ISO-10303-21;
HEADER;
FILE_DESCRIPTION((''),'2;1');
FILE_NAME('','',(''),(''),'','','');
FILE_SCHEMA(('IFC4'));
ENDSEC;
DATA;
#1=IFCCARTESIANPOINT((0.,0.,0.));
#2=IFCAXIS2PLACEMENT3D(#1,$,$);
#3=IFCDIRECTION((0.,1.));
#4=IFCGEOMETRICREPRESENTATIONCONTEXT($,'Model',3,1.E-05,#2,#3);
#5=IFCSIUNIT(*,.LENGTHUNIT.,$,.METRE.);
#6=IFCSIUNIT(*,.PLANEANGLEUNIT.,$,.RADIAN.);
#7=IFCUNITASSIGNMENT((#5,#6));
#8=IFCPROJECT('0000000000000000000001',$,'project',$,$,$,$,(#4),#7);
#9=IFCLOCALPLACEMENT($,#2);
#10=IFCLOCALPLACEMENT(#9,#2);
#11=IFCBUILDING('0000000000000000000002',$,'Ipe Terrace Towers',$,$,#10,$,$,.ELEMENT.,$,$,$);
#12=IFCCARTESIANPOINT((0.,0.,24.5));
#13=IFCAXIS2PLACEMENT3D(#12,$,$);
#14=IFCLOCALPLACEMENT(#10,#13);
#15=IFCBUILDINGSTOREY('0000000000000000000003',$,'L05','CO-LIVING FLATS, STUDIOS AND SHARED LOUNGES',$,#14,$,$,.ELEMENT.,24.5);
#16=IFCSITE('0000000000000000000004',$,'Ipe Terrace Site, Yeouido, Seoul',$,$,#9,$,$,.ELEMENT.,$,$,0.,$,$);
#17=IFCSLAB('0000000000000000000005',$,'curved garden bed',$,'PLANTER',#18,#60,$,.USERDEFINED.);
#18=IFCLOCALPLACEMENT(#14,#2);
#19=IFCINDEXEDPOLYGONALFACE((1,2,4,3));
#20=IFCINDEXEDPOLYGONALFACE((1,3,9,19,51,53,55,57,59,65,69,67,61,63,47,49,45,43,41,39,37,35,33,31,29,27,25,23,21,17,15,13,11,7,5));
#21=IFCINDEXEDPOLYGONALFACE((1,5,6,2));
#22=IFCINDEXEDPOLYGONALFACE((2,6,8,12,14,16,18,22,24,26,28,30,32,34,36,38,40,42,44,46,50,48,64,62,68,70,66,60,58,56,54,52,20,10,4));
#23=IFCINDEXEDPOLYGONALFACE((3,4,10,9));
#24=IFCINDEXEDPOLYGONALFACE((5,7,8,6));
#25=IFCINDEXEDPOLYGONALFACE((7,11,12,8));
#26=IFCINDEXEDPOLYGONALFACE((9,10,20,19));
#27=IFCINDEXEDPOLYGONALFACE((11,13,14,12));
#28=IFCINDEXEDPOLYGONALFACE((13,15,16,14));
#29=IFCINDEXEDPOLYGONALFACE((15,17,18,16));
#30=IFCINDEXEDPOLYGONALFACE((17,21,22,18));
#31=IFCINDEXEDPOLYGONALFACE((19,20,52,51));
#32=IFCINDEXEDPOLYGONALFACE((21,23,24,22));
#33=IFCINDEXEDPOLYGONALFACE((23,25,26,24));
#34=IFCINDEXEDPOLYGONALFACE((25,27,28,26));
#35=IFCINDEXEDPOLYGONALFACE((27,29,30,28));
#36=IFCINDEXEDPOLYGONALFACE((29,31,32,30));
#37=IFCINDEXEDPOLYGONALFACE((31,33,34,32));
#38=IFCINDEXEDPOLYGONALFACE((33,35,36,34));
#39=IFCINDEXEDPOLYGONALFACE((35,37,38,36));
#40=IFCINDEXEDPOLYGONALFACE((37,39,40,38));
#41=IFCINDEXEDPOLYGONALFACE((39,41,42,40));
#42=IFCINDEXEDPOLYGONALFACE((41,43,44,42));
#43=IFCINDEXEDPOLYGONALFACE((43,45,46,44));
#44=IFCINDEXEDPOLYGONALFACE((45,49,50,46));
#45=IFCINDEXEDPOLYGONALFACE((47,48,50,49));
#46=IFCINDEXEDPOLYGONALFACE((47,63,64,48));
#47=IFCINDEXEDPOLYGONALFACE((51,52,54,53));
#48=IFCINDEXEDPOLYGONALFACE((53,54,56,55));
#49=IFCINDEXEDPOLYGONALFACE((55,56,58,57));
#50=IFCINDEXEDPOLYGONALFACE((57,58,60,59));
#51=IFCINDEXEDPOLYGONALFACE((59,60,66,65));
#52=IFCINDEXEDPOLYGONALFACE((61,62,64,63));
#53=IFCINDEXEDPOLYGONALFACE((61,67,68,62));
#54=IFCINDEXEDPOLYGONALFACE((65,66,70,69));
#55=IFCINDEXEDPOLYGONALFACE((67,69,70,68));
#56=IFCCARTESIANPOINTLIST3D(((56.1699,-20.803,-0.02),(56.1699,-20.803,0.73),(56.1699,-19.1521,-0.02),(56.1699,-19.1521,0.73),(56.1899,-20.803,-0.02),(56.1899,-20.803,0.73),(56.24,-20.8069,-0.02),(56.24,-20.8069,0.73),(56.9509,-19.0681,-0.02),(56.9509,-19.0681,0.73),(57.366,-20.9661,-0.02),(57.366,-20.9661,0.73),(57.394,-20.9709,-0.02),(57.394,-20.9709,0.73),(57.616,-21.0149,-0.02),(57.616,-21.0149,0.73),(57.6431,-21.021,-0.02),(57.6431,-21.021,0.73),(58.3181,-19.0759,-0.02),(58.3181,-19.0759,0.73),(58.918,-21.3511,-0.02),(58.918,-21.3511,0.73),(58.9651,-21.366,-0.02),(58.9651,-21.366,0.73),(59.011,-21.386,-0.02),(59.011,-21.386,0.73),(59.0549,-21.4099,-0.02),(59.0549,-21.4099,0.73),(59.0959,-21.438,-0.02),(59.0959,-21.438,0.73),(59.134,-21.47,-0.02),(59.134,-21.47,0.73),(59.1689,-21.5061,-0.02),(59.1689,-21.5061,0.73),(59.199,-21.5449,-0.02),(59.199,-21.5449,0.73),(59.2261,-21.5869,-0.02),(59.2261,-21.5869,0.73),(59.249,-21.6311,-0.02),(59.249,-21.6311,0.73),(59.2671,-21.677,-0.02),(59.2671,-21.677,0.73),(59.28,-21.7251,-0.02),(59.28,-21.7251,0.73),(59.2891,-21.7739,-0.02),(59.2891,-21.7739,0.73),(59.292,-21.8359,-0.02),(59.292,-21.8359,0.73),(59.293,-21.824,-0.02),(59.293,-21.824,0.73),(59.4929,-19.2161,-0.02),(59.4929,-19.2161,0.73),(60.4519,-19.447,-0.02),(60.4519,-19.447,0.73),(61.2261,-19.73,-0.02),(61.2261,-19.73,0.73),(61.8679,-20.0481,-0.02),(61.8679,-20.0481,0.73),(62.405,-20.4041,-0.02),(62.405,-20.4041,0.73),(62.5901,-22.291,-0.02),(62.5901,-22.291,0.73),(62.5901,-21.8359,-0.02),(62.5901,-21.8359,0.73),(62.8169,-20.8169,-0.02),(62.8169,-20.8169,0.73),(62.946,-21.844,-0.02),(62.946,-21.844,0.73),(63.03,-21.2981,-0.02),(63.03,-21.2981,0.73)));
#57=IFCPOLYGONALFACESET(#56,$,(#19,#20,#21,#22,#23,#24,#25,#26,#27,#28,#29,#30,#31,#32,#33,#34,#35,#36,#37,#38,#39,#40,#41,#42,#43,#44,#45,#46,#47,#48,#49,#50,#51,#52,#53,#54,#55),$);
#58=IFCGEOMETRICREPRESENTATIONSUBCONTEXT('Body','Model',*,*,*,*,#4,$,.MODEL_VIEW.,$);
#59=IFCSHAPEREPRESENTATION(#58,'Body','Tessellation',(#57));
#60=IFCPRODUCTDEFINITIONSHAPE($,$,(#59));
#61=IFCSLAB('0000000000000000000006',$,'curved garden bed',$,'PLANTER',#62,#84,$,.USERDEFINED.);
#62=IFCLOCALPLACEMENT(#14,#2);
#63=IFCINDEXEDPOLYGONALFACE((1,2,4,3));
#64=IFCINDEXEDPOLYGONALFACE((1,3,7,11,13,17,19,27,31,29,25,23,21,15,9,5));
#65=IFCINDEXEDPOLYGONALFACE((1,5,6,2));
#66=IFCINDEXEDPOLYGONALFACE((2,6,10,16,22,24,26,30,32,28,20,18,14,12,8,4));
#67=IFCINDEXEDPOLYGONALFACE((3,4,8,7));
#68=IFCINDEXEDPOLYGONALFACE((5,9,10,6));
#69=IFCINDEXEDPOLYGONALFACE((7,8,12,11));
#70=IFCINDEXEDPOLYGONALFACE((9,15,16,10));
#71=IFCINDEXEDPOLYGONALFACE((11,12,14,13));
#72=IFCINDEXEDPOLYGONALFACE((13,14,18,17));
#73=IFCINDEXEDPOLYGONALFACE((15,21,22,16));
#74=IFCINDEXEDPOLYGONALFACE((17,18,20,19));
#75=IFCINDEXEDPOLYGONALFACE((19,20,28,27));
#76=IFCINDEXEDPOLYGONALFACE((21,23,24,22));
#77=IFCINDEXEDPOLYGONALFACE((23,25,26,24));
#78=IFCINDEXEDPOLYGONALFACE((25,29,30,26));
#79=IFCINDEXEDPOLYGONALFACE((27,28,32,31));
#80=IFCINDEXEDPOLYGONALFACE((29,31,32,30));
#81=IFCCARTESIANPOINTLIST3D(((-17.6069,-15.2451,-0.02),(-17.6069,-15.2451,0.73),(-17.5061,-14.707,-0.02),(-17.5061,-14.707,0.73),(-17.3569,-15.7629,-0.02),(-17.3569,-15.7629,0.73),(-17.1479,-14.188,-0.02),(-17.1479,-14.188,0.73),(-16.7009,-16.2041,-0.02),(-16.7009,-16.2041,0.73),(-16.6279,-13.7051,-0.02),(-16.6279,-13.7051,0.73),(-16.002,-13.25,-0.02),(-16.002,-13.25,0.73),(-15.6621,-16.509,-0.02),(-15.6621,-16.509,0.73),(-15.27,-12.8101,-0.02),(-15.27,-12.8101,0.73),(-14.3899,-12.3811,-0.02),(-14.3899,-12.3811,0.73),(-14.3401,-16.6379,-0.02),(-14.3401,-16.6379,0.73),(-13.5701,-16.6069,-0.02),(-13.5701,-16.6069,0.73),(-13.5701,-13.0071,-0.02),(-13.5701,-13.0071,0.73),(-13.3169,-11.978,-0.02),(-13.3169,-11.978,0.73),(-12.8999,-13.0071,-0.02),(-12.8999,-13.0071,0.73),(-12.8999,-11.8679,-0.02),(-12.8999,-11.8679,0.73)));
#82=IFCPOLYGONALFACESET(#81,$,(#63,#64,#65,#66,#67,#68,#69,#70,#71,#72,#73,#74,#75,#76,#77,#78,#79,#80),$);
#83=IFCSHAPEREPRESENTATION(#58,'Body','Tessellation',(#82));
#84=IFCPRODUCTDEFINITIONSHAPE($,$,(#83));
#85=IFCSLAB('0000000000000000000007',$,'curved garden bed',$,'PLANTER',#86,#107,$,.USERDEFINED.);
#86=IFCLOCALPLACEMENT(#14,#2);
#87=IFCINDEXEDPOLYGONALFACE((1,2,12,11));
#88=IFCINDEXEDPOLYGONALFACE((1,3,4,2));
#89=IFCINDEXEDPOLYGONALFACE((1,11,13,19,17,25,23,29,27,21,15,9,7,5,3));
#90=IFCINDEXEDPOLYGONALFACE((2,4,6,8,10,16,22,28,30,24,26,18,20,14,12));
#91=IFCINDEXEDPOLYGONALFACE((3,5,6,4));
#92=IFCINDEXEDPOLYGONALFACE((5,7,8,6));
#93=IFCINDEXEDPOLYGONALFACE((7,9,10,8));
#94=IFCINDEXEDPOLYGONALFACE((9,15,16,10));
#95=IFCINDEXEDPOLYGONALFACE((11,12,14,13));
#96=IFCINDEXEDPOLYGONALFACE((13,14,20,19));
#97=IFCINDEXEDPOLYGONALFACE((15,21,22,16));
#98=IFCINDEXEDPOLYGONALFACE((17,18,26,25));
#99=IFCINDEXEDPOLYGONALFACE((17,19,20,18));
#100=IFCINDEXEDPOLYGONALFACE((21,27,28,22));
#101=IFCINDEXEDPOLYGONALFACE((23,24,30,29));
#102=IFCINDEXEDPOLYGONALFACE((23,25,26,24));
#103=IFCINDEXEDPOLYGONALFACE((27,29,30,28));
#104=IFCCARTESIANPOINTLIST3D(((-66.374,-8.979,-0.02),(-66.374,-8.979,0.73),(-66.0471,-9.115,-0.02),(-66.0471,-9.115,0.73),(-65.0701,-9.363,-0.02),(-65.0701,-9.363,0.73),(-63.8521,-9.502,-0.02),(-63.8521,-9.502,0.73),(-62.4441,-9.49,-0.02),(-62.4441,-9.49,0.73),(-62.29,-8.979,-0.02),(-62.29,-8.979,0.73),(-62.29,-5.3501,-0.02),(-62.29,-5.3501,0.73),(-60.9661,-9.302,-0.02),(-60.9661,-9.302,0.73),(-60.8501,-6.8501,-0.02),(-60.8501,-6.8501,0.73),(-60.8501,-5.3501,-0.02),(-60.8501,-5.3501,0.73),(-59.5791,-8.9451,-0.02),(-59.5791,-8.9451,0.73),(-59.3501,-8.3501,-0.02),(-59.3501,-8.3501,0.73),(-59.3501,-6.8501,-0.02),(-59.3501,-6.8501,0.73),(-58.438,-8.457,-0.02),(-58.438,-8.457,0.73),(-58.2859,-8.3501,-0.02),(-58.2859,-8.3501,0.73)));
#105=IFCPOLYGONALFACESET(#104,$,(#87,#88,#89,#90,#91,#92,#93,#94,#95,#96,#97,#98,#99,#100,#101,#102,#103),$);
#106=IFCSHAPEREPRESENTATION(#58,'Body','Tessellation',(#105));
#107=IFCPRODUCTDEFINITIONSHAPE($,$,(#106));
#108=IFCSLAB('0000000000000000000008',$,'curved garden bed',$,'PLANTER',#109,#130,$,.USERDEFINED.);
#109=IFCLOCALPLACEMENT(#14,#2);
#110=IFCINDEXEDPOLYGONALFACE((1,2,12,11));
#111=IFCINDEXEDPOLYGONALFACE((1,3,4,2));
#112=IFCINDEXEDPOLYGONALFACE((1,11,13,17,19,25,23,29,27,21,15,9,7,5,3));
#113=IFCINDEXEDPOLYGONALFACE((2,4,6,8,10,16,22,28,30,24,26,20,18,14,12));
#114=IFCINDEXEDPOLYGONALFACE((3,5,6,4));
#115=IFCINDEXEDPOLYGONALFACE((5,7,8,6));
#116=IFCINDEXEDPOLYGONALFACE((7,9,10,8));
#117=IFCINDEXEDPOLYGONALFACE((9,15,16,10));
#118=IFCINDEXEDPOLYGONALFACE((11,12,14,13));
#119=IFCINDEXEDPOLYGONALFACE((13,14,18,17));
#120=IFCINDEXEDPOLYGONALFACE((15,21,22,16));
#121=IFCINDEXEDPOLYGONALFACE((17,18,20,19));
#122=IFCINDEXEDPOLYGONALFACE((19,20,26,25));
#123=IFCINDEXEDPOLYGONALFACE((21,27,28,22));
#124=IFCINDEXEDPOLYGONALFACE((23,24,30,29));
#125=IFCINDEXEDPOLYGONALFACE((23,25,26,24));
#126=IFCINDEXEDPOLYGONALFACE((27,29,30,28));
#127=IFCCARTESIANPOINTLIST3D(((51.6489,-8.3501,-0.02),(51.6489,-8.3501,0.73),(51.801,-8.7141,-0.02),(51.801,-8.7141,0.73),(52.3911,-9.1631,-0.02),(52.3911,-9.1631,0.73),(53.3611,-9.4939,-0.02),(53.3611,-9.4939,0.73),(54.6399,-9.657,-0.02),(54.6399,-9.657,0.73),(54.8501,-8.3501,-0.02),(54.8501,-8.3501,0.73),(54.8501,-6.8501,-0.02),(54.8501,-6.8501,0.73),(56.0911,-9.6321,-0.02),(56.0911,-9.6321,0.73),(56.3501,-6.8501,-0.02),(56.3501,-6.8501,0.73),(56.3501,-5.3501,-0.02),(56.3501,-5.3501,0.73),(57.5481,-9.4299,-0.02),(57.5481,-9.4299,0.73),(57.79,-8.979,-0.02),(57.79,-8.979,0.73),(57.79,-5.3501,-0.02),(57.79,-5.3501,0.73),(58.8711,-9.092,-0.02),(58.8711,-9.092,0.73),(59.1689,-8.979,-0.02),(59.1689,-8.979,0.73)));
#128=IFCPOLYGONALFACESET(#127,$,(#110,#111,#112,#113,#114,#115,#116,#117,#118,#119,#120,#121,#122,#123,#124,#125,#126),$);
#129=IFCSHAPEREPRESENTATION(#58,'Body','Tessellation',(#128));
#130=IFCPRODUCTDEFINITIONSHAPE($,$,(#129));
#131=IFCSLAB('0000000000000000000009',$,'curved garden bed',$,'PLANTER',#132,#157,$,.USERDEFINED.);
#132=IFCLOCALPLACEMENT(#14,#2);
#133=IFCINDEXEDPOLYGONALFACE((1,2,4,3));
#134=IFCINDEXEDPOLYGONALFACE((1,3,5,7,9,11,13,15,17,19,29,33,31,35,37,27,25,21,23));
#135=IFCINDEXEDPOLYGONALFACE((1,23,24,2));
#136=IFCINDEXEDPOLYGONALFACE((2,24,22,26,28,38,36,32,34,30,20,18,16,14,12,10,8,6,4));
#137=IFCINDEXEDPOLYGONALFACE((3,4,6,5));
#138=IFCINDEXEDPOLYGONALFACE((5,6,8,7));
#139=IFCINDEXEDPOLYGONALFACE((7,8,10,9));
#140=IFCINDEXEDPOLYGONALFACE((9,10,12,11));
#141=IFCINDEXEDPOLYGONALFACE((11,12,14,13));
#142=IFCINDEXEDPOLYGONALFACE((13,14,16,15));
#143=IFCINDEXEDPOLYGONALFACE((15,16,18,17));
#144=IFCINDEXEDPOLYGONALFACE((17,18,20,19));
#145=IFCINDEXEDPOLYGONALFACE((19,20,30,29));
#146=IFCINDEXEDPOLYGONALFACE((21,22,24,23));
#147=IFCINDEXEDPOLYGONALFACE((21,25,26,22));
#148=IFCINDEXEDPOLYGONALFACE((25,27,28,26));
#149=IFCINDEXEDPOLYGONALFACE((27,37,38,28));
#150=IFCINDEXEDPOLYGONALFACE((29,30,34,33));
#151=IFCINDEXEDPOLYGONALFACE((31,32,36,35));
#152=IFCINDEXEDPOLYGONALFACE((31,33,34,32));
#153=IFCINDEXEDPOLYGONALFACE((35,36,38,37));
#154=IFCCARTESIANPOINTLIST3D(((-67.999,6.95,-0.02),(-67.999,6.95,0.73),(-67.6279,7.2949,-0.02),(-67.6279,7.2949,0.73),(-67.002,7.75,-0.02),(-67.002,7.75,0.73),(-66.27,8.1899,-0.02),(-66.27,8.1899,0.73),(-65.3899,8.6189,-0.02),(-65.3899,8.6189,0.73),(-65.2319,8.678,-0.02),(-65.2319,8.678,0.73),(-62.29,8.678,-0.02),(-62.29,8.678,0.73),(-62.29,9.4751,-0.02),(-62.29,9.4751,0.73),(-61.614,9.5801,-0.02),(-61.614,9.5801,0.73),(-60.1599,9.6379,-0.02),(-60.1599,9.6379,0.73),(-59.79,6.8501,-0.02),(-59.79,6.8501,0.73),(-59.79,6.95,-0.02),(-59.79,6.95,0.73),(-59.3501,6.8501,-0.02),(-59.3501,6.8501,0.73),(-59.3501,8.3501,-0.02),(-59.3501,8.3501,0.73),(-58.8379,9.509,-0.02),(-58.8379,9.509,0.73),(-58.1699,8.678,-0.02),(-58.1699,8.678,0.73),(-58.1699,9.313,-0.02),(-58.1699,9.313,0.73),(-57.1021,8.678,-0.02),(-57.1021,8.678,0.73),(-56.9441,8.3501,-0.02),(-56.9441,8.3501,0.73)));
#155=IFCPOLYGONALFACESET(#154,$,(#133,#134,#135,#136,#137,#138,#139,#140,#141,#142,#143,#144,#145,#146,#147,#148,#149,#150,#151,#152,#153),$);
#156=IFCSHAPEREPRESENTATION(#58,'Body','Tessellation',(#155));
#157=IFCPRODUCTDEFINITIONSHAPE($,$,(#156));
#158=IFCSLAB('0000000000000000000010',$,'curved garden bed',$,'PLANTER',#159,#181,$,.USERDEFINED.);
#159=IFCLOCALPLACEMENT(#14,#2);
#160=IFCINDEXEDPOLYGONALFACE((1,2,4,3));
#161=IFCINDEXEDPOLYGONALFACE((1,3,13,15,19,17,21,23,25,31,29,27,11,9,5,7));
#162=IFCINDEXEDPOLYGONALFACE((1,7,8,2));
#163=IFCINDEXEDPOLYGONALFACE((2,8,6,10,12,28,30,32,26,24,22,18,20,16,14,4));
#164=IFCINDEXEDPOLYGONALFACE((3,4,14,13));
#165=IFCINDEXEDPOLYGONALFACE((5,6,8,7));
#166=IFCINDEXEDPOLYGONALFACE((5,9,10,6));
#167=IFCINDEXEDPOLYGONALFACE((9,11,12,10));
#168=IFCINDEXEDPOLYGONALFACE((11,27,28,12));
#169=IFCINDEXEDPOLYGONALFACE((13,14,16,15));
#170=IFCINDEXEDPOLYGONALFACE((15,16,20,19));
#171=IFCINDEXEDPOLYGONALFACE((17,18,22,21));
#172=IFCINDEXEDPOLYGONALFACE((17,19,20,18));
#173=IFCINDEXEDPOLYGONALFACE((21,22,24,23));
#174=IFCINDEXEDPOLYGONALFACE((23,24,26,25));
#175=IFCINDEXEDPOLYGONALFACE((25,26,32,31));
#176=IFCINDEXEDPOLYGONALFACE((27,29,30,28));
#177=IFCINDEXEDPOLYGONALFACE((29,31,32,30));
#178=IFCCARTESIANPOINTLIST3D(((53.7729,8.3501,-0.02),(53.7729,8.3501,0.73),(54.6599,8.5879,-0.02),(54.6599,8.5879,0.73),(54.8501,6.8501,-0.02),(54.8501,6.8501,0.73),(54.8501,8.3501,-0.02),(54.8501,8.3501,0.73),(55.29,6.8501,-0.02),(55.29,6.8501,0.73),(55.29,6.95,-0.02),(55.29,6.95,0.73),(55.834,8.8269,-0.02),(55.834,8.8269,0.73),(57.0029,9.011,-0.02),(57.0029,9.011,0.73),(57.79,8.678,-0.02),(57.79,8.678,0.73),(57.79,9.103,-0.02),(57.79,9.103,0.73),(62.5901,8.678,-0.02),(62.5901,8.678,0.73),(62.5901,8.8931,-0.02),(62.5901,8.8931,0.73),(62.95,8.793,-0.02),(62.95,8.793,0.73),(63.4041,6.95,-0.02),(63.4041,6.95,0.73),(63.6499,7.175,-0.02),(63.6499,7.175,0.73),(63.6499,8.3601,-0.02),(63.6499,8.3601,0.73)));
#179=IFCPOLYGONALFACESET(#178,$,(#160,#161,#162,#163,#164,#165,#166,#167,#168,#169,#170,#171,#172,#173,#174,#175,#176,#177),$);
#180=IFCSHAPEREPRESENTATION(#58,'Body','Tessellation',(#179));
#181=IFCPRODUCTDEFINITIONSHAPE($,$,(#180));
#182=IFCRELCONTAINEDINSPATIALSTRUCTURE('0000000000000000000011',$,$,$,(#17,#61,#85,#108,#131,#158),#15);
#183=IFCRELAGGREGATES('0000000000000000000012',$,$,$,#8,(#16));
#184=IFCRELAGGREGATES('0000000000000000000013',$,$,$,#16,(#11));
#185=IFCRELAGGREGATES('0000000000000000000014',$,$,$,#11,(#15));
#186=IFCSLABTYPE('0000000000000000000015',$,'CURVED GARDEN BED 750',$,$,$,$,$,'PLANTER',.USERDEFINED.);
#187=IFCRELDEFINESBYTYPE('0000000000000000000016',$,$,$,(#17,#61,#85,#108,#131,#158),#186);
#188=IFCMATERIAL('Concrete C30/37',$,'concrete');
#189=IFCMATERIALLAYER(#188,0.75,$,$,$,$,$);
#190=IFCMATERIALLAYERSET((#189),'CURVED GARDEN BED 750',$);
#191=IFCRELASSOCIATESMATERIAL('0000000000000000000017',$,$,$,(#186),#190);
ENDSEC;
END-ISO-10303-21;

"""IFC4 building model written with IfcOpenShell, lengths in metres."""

from ifc_helpers import new_model, si_unit, direction, frame, origin, place, context, subcontext, project, spatial, polyline, outline, extrude, material, layer, layer_set, type_object, element, save


model = new_model("IFC4")

# Units and contexts
model_context = context("Model", 3, precision=1e-05, world=origin(), true_north=direction((0.0, 1.0)))
body_context = subcontext(model_context, "Body", "Model", "MODEL_VIEW")
ifc_project = project(units=[si_unit("LENGTHUNIT", "METRE"), si_unit("PLANEANGLEUNIT", "RADIAN")], contexts=[model_context])

# Site, building, storey
site_placement = place(None, origin())
site = spatial("IfcSite", under=ifc_project, at=site_placement, Name="Ipe Terrace Site, Yeouido, Seoul", CompositionType="ELEMENT", RefElevation=0.0)
building_placement = place(site_placement, origin())
building = spatial("IfcBuilding", under=site, at=building_placement, Name="Ipe Terrace Towers", CompositionType="ELEMENT")
storey_placement = place(building_placement, frame((0.0, 0.0, 24.5)))
storey = spatial("IfcBuildingStorey", under=building, at=storey_placement, Name="L05", Description="CO-LIVING FLATS, STUDIOS AND SHARED LOUNGES", CompositionType="ELEMENT", Elevation=24.5)

# Slabs
ifc_material_1 = material(Name="Concrete C30/37", Category="concrete")
ifc_layer_1 = layer(ifc_material_1, 0.75)
ifc_layer_set_1 = layer_set([ifc_layer_1], Name="CURVED GARDEN BED 750")
slab_type_1 = type_object("IfcSlabType", Name="CURVED GARDEN BED 750", ElementType="PLANTER", PredefinedType="USERDEFINED", material=ifc_layer_set_1)
slab_1_placement = place(storey_placement, frame((0.0, 0.0, -0.02)))
element("IfcSlab", 1, at=slab_1_placement, inside=storey, type_object=slab_type_1, Name="curved garden bed", ObjectType="PLANTER", PredefinedType="USERDEFINED", context=body_context, shape_type="SweptSolid", body=[
    extrude(outline(polyline([(59.4929, -19.2161), (60.4519, -19.447), (61.2261, -19.73), (61.8679, -20.0481), (62.405, -20.4041), (62.8169, -20.8169), (63.03, -21.2981), (62.946, -21.844), (62.5901, -22.291), (62.5901, -21.8359), (59.292, -21.8359), (59.293, -21.824), (59.2891, -21.7739), (59.28, -21.7251), (59.2671, -21.677), (59.249, -21.6311), (59.2261, -21.5869), (59.199, -21.5449), (59.1689, -21.5061), (59.134, -21.47), (59.0959, -21.438), (59.0549, -21.4099), (59.011, -21.386), (58.9651, -21.366), (58.918, -21.3511), (57.6431, -21.021), (57.616, -21.0149), (57.394, -20.9709), (57.366, -20.9661), (56.24, -20.8069), (56.1899, -20.803), (56.1699, -20.803), (56.1699, -19.1521), (56.9509, -19.0681), (58.3181, -19.0759), (59.4929, -19.2161)])), origin(), (0.0, 0.0, 1.0), 0.75),
])
slab_2_placement = place(storey_placement, frame((0.0, 0.0, -0.02)))
element("IfcSlab", 2, at=slab_2_placement, inside=storey, type_object=slab_type_1, Name="curved garden bed", ObjectType="PLANTER", PredefinedType="USERDEFINED", context=body_context, shape_type="SweptSolid", body=[
    extrude(outline(polyline([(-16.7009, -16.2041), (-17.3569, -15.7629), (-17.6069, -15.2451), (-17.5061, -14.707), (-17.1479, -14.188), (-16.6279, -13.7051), (-16.002, -13.25), (-15.27, -12.8101), (-14.3899, -12.3811), (-13.3169, -11.978), (-12.8999, -11.8679), (-12.8999, -13.0071), (-13.5701, -13.0071), (-13.5701, -16.6069), (-14.3401, -16.6379), (-15.6621, -16.509), (-16.7009, -16.2041)])), origin(), (0.0, 0.0, 1.0), 0.75),
])
slab_3_placement = place(storey_placement, frame((0.0, 0.0, -0.02)))
element("IfcSlab", 3, at=slab_3_placement, inside=storey, type_object=slab_type_1, Name="curved garden bed", ObjectType="PLANTER", PredefinedType="USERDEFINED", context=body_context, shape_type="SweptSolid", body=[
    extrude(outline(polyline([(-60.9661, -9.302), (-62.4441, -9.49), (-63.8521, -9.502), (-65.0701, -9.363), (-66.0471, -9.115), (-66.374, -8.979), (-62.29, -8.979), (-62.29, -5.3501), (-60.8501, -5.3501), (-60.8501, -6.8501), (-59.3501, -6.8501), (-59.3501, -8.3501), (-58.2859, -8.3501), (-58.438, -8.457), (-59.5791, -8.9451), (-60.9661, -9.302)])), origin(), (0.0, 0.0, 1.0), 0.75),
])
slab_4_placement = place(storey_placement, frame((0.0, 0.0, -0.02)))
element("IfcSlab", 4, at=slab_4_placement, inside=storey, type_object=slab_type_1, Name="curved garden bed", ObjectType="PLANTER", PredefinedType="USERDEFINED", context=body_context, shape_type="SweptSolid", body=[
    extrude(outline(polyline([(56.0911, -9.6321), (54.6399, -9.657), (53.3611, -9.4939), (52.3911, -9.1631), (51.801, -8.7141), (51.6489, -8.3501), (54.8501, -8.3501), (54.8501, -6.8501), (56.3501, -6.8501), (56.3501, -5.3501), (57.79, -5.3501), (57.79, -8.979), (59.1689, -8.979), (58.8711, -9.092), (57.5481, -9.4299), (56.0911, -9.6321)])), origin(), (0.0, 0.0, 1.0), 0.75),
])
slab_5_placement = place(storey_placement, frame((0.0, 0.0, -0.02)))
element("IfcSlab", 5, at=slab_5_placement, inside=storey, type_object=slab_type_1, Name="curved garden bed", ObjectType="PLANTER", PredefinedType="USERDEFINED", context=body_context, shape_type="SweptSolid", body=[
    extrude(outline(polyline([(-59.3501, 6.8501), (-59.79, 6.8501), (-59.79, 6.95), (-67.999, 6.95), (-67.6279, 7.2949), (-67.002, 7.75), (-66.27, 8.1899), (-65.3899, 8.6189), (-65.2319, 8.678), (-62.29, 8.678), (-62.29, 9.4751), (-61.614, 9.5801), (-60.1599, 9.6379), (-58.8379, 9.509), (-58.1699, 9.313), (-58.1699, 8.678), (-57.1021, 8.678), (-56.9441, 8.3501), (-59.3501, 8.3501), (-59.3501, 6.8501)])), origin(), (0.0, 0.0, 1.0), 0.75),
])
slab_6_placement = place(storey_placement, frame((0.0, 0.0, -0.02)))
element("IfcSlab", 6, at=slab_6_placement, inside=storey, type_object=slab_type_1, Name="curved garden bed", ObjectType="PLANTER", PredefinedType="USERDEFINED", context=body_context, shape_type="SweptSolid", body=[
    extrude(outline(polyline([(63.6499, 8.3601), (63.6499, 7.175), (63.4041, 6.95), (55.29, 6.95), (55.29, 6.8501), (54.8501, 6.8501), (54.8501, 8.3501), (53.7729, 8.3501), (54.6599, 8.5879), (55.834, 8.8269), (57.0029, 9.011), (57.79, 9.103), (57.79, 8.678), (62.5901, 8.678), (62.5901, 8.8931), (62.95, 8.793), (63.6499, 8.3601), (63.6499, 8.3601)])), origin(), (0.0, 0.0, 1.0), 0.75),
])

save(model, "model.ifc")
